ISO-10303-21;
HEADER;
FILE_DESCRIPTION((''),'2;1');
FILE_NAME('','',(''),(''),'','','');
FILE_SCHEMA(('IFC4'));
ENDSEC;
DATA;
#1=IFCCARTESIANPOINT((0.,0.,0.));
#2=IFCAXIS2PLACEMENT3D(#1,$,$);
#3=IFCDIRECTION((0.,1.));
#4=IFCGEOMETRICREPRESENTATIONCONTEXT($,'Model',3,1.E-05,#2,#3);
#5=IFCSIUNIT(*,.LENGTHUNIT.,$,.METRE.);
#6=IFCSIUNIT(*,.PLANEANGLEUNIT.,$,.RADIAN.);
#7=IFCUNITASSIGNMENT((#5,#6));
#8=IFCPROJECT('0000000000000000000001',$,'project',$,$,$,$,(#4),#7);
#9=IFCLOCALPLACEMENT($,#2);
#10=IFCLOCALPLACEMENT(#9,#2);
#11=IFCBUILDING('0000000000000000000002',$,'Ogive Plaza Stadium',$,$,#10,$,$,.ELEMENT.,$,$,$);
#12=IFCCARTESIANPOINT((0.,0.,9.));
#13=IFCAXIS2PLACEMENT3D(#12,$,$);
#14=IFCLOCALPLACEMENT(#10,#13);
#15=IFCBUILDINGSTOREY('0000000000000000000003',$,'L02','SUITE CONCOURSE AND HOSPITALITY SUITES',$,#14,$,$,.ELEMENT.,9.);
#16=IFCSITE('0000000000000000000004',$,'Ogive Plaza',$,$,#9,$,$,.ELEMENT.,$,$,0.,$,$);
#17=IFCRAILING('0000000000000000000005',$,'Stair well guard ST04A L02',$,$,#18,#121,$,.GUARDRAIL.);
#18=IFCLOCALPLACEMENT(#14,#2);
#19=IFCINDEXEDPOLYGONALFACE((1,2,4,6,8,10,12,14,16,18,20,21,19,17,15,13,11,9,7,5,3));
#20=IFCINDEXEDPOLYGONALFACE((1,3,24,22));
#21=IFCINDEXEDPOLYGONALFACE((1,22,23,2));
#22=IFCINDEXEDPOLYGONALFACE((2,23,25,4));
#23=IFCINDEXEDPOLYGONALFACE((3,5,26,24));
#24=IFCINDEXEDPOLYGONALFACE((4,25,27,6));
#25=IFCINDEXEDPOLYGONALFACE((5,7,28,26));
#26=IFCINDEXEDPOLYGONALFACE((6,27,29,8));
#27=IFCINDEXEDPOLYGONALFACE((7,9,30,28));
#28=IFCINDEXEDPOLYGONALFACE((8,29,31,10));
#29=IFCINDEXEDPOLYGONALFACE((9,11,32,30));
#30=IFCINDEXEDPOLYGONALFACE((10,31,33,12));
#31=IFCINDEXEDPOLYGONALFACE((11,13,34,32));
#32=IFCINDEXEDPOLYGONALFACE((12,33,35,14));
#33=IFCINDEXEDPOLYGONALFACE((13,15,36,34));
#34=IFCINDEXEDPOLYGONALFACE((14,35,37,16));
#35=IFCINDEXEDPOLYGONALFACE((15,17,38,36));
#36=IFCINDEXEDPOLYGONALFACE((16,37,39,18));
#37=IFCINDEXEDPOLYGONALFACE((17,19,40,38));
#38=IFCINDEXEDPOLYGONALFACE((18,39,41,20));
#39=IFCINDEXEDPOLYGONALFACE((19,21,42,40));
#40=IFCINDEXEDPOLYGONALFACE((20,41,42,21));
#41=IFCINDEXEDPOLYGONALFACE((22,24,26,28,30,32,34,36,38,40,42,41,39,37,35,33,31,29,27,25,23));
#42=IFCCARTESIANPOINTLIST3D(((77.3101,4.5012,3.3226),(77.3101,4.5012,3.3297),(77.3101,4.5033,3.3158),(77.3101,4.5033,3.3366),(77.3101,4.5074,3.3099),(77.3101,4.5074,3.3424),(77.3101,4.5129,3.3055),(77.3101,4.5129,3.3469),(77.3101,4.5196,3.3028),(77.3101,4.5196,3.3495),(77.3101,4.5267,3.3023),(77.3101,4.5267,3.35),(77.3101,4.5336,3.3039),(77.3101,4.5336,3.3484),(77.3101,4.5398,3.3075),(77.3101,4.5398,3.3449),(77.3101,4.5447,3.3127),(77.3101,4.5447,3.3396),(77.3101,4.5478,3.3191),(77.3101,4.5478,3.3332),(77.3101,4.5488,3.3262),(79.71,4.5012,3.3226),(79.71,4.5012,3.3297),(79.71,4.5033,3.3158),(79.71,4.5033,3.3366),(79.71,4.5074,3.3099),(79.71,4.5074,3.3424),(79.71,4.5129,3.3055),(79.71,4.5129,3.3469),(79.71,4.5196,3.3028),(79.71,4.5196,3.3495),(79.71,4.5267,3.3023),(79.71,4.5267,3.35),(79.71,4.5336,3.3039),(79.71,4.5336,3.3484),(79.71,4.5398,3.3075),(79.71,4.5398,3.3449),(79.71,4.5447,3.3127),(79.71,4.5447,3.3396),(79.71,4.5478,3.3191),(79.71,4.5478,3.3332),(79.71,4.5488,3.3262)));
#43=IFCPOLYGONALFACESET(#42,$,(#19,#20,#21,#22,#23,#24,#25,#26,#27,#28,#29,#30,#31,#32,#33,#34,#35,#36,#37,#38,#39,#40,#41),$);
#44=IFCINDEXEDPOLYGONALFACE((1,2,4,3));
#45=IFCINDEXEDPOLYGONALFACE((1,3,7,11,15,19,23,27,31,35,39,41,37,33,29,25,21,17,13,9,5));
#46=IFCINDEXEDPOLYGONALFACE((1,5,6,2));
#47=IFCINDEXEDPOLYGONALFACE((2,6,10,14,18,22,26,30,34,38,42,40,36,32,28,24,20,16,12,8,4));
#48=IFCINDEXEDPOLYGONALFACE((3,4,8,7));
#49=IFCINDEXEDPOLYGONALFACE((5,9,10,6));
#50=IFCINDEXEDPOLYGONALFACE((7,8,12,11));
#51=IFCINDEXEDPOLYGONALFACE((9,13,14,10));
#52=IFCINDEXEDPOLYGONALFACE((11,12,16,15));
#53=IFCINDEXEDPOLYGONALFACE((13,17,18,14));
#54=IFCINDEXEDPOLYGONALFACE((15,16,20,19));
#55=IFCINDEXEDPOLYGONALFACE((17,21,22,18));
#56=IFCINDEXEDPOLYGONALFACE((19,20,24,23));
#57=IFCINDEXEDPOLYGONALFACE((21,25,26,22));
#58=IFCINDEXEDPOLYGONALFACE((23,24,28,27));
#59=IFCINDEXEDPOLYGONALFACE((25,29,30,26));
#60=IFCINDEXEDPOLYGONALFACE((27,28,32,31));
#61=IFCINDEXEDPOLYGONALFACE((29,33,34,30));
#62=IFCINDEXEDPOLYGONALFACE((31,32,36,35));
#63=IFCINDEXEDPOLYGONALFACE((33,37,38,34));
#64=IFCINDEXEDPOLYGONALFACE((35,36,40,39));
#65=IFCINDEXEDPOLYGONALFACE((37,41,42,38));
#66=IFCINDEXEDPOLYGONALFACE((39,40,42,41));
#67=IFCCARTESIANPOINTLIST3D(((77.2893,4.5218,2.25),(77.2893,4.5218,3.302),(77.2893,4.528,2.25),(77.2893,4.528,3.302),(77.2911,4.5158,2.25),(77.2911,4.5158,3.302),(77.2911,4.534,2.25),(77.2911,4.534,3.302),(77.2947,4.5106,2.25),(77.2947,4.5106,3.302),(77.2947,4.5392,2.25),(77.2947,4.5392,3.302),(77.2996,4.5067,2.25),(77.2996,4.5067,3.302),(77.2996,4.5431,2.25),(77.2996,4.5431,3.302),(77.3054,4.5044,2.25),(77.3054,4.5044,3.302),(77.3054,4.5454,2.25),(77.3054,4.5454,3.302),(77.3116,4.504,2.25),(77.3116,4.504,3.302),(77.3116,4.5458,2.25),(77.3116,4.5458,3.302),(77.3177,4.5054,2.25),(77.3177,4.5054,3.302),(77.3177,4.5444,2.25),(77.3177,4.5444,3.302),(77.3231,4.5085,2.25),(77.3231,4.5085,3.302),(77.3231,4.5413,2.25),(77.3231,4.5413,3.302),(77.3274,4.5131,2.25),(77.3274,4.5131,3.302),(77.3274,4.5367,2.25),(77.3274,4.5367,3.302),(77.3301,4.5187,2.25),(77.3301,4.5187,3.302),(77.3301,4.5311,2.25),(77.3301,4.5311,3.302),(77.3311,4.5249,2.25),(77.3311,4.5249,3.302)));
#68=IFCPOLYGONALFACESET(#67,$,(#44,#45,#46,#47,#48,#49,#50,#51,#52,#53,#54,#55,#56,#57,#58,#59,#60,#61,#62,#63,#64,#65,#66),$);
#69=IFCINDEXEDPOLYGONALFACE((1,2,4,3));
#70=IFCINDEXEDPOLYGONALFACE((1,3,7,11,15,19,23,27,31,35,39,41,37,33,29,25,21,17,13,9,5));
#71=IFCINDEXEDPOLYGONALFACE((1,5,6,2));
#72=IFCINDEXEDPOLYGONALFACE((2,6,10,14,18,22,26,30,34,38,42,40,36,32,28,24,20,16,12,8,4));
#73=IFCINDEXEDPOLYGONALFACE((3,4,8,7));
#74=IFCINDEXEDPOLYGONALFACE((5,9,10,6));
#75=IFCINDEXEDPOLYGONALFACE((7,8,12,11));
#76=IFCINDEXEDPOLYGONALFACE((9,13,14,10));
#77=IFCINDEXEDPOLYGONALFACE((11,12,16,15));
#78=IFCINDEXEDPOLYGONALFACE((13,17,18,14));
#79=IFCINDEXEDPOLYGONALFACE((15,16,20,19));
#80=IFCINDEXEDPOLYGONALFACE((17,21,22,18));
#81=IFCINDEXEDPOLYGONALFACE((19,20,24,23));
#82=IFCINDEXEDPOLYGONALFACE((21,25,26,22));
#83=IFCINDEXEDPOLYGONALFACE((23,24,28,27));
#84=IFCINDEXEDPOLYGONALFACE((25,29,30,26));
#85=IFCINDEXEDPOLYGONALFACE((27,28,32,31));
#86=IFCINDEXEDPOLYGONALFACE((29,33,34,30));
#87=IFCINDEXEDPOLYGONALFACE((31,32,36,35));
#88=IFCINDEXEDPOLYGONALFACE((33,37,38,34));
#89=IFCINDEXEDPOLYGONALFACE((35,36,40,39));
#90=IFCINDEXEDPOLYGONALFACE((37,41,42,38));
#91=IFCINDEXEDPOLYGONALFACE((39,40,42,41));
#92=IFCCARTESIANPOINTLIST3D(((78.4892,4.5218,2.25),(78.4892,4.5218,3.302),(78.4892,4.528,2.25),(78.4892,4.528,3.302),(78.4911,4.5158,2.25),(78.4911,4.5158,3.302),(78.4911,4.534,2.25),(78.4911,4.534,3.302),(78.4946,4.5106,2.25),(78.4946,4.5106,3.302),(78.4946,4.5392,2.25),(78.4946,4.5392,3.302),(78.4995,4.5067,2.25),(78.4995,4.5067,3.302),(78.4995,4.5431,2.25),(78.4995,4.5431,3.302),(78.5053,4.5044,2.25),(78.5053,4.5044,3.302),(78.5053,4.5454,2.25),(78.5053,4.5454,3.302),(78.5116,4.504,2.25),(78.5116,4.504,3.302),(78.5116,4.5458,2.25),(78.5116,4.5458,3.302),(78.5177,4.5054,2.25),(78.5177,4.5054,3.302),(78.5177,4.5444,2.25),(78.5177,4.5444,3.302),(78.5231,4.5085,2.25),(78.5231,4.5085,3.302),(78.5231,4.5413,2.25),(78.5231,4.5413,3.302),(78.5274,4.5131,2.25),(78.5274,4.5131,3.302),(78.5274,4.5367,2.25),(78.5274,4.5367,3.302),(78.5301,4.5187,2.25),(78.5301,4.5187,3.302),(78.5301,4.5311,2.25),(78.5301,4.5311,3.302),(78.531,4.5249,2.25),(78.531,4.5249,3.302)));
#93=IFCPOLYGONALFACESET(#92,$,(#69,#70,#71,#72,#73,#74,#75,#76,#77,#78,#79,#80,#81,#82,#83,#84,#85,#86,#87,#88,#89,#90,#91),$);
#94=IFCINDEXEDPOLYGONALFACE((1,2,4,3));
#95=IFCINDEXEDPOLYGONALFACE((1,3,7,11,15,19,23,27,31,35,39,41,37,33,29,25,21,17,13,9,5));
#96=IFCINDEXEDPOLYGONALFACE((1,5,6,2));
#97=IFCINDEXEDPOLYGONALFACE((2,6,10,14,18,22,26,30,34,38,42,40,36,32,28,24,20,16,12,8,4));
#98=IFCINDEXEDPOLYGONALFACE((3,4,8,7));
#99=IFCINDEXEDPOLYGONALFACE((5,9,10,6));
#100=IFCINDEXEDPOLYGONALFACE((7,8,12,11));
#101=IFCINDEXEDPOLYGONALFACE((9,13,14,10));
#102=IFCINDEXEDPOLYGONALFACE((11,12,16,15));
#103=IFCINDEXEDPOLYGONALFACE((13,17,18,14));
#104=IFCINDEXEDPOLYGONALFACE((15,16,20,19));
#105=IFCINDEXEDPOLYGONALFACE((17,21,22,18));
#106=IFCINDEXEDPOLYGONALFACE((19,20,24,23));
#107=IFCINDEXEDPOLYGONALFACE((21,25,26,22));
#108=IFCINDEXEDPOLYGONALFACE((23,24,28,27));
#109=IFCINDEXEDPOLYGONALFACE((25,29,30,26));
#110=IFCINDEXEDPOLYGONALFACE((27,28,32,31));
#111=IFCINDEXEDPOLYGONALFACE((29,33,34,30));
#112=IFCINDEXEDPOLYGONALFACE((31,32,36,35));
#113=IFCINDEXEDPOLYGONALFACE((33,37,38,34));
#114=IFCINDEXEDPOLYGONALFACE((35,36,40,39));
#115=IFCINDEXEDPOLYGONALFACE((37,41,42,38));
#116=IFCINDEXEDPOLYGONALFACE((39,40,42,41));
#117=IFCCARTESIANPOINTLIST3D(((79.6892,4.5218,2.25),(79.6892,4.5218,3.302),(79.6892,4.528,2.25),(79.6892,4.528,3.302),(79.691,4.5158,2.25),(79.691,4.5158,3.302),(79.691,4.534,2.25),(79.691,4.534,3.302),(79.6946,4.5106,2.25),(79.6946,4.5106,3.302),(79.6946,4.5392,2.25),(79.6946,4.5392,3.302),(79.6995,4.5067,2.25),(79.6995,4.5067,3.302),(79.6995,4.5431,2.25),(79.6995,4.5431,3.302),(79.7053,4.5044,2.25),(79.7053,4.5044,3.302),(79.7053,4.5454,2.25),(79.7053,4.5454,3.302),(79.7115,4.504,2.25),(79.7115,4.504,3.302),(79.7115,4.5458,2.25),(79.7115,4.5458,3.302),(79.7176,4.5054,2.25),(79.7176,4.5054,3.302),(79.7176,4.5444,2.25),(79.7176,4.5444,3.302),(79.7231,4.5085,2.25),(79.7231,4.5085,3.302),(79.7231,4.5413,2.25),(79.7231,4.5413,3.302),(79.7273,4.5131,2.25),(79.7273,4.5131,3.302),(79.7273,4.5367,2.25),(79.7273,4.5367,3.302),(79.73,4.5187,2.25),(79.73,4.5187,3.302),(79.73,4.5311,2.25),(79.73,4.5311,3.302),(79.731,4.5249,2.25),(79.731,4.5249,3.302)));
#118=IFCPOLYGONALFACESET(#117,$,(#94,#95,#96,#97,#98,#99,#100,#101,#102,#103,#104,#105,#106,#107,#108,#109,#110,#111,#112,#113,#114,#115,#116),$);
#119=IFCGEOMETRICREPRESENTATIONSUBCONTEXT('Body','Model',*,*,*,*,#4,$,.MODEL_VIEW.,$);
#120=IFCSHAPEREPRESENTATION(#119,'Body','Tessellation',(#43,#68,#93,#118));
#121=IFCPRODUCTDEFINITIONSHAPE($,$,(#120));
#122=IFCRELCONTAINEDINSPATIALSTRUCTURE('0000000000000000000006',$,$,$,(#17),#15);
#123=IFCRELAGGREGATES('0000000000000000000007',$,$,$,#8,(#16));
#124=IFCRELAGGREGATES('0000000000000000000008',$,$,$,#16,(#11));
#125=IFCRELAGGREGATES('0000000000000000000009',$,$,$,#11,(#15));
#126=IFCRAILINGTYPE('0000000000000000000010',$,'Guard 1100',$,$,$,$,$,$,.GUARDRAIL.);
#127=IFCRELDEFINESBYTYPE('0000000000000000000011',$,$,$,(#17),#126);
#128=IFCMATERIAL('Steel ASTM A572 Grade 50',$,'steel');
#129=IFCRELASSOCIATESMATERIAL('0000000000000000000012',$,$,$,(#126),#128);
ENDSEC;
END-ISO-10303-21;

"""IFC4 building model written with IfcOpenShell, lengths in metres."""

from ifc_helpers import new_model, si_unit, direction, frame, origin, origin_2d, place, context, subcontext, project, spatial, circle, extrude, material, type_object, element, save


model = new_model("IFC4")

# Units and contexts
model_context = context("Model", 3, precision=1e-05, world=origin(), true_north=direction((0.0, 1.0)))
body_context = subcontext(model_context, "Body", "Model", "MODEL_VIEW")
ifc_project = project(units=[si_unit("LENGTHUNIT", "METRE"), si_unit("PLANEANGLEUNIT", "RADIAN")], contexts=[model_context])

# Site, building, storey
site_placement = place(None, origin())
site = spatial("IfcSite", under=ifc_project, at=site_placement, Name="Ogive Plaza", CompositionType="ELEMENT", RefElevation=0.0)
building_placement = place(site_placement, origin())
building = spatial("IfcBuilding", under=site, at=building_placement, Name="Ogive Plaza Stadium", CompositionType="ELEMENT")
storey_placement = place(building_placement, frame((0.0, 0.0, 9.0)))
storey = spatial("IfcBuildingStorey", under=building, at=storey_placement, Name="L02", Description="SUITE CONCOURSE AND HOSPITALITY SUITES", CompositionType="ELEMENT", Elevation=9.0)

# Railing
ifc_material_1 = material(Name="Steel ASTM A572 Grade 50", Category="steel")
railing_type_1 = type_object("IfcRailingType", Name="Guard 1100", PredefinedType="GUARDRAIL", material=ifc_material_1)
for number, where, name in (
    (1, (77.3101, 4.5249, 2.25), "Stair well guard ST04A L02"),
):
    element("IfcRailing", number, at=place(storey_placement, frame(where)), inside=storey, type_object=railing_type_1, Name=name, PredefinedType="GUARDRAIL", context=body_context, shape_type="SweptSolid", body=[
        extrude(circle(Radius=0.0239, at=origin_2d()), frame((0.0, 0.0, 1.0762), z_axis=(1.0, 0.0, 0.0), x_axis=(0.0, 1.0, 0.0)), (0.0, 0.0, 1.0), 2.3999),
        extrude(circle(Radius=0.021, at=origin_2d()), origin(), (0.0, 0.0, 1.0), 1.052),
        extrude(circle(Radius=0.021, at=origin_2d()), frame((1.2, 0.0, 0.0)), (0.0, 0.0, 1.0), 1.052),
        extrude(circle(Radius=0.021, at=origin_2d()), frame((2.3999, 0.0, 0.0)), (0.0, 0.0, 1.0), 1.052),
    ])

save(model, "model.ifc")
